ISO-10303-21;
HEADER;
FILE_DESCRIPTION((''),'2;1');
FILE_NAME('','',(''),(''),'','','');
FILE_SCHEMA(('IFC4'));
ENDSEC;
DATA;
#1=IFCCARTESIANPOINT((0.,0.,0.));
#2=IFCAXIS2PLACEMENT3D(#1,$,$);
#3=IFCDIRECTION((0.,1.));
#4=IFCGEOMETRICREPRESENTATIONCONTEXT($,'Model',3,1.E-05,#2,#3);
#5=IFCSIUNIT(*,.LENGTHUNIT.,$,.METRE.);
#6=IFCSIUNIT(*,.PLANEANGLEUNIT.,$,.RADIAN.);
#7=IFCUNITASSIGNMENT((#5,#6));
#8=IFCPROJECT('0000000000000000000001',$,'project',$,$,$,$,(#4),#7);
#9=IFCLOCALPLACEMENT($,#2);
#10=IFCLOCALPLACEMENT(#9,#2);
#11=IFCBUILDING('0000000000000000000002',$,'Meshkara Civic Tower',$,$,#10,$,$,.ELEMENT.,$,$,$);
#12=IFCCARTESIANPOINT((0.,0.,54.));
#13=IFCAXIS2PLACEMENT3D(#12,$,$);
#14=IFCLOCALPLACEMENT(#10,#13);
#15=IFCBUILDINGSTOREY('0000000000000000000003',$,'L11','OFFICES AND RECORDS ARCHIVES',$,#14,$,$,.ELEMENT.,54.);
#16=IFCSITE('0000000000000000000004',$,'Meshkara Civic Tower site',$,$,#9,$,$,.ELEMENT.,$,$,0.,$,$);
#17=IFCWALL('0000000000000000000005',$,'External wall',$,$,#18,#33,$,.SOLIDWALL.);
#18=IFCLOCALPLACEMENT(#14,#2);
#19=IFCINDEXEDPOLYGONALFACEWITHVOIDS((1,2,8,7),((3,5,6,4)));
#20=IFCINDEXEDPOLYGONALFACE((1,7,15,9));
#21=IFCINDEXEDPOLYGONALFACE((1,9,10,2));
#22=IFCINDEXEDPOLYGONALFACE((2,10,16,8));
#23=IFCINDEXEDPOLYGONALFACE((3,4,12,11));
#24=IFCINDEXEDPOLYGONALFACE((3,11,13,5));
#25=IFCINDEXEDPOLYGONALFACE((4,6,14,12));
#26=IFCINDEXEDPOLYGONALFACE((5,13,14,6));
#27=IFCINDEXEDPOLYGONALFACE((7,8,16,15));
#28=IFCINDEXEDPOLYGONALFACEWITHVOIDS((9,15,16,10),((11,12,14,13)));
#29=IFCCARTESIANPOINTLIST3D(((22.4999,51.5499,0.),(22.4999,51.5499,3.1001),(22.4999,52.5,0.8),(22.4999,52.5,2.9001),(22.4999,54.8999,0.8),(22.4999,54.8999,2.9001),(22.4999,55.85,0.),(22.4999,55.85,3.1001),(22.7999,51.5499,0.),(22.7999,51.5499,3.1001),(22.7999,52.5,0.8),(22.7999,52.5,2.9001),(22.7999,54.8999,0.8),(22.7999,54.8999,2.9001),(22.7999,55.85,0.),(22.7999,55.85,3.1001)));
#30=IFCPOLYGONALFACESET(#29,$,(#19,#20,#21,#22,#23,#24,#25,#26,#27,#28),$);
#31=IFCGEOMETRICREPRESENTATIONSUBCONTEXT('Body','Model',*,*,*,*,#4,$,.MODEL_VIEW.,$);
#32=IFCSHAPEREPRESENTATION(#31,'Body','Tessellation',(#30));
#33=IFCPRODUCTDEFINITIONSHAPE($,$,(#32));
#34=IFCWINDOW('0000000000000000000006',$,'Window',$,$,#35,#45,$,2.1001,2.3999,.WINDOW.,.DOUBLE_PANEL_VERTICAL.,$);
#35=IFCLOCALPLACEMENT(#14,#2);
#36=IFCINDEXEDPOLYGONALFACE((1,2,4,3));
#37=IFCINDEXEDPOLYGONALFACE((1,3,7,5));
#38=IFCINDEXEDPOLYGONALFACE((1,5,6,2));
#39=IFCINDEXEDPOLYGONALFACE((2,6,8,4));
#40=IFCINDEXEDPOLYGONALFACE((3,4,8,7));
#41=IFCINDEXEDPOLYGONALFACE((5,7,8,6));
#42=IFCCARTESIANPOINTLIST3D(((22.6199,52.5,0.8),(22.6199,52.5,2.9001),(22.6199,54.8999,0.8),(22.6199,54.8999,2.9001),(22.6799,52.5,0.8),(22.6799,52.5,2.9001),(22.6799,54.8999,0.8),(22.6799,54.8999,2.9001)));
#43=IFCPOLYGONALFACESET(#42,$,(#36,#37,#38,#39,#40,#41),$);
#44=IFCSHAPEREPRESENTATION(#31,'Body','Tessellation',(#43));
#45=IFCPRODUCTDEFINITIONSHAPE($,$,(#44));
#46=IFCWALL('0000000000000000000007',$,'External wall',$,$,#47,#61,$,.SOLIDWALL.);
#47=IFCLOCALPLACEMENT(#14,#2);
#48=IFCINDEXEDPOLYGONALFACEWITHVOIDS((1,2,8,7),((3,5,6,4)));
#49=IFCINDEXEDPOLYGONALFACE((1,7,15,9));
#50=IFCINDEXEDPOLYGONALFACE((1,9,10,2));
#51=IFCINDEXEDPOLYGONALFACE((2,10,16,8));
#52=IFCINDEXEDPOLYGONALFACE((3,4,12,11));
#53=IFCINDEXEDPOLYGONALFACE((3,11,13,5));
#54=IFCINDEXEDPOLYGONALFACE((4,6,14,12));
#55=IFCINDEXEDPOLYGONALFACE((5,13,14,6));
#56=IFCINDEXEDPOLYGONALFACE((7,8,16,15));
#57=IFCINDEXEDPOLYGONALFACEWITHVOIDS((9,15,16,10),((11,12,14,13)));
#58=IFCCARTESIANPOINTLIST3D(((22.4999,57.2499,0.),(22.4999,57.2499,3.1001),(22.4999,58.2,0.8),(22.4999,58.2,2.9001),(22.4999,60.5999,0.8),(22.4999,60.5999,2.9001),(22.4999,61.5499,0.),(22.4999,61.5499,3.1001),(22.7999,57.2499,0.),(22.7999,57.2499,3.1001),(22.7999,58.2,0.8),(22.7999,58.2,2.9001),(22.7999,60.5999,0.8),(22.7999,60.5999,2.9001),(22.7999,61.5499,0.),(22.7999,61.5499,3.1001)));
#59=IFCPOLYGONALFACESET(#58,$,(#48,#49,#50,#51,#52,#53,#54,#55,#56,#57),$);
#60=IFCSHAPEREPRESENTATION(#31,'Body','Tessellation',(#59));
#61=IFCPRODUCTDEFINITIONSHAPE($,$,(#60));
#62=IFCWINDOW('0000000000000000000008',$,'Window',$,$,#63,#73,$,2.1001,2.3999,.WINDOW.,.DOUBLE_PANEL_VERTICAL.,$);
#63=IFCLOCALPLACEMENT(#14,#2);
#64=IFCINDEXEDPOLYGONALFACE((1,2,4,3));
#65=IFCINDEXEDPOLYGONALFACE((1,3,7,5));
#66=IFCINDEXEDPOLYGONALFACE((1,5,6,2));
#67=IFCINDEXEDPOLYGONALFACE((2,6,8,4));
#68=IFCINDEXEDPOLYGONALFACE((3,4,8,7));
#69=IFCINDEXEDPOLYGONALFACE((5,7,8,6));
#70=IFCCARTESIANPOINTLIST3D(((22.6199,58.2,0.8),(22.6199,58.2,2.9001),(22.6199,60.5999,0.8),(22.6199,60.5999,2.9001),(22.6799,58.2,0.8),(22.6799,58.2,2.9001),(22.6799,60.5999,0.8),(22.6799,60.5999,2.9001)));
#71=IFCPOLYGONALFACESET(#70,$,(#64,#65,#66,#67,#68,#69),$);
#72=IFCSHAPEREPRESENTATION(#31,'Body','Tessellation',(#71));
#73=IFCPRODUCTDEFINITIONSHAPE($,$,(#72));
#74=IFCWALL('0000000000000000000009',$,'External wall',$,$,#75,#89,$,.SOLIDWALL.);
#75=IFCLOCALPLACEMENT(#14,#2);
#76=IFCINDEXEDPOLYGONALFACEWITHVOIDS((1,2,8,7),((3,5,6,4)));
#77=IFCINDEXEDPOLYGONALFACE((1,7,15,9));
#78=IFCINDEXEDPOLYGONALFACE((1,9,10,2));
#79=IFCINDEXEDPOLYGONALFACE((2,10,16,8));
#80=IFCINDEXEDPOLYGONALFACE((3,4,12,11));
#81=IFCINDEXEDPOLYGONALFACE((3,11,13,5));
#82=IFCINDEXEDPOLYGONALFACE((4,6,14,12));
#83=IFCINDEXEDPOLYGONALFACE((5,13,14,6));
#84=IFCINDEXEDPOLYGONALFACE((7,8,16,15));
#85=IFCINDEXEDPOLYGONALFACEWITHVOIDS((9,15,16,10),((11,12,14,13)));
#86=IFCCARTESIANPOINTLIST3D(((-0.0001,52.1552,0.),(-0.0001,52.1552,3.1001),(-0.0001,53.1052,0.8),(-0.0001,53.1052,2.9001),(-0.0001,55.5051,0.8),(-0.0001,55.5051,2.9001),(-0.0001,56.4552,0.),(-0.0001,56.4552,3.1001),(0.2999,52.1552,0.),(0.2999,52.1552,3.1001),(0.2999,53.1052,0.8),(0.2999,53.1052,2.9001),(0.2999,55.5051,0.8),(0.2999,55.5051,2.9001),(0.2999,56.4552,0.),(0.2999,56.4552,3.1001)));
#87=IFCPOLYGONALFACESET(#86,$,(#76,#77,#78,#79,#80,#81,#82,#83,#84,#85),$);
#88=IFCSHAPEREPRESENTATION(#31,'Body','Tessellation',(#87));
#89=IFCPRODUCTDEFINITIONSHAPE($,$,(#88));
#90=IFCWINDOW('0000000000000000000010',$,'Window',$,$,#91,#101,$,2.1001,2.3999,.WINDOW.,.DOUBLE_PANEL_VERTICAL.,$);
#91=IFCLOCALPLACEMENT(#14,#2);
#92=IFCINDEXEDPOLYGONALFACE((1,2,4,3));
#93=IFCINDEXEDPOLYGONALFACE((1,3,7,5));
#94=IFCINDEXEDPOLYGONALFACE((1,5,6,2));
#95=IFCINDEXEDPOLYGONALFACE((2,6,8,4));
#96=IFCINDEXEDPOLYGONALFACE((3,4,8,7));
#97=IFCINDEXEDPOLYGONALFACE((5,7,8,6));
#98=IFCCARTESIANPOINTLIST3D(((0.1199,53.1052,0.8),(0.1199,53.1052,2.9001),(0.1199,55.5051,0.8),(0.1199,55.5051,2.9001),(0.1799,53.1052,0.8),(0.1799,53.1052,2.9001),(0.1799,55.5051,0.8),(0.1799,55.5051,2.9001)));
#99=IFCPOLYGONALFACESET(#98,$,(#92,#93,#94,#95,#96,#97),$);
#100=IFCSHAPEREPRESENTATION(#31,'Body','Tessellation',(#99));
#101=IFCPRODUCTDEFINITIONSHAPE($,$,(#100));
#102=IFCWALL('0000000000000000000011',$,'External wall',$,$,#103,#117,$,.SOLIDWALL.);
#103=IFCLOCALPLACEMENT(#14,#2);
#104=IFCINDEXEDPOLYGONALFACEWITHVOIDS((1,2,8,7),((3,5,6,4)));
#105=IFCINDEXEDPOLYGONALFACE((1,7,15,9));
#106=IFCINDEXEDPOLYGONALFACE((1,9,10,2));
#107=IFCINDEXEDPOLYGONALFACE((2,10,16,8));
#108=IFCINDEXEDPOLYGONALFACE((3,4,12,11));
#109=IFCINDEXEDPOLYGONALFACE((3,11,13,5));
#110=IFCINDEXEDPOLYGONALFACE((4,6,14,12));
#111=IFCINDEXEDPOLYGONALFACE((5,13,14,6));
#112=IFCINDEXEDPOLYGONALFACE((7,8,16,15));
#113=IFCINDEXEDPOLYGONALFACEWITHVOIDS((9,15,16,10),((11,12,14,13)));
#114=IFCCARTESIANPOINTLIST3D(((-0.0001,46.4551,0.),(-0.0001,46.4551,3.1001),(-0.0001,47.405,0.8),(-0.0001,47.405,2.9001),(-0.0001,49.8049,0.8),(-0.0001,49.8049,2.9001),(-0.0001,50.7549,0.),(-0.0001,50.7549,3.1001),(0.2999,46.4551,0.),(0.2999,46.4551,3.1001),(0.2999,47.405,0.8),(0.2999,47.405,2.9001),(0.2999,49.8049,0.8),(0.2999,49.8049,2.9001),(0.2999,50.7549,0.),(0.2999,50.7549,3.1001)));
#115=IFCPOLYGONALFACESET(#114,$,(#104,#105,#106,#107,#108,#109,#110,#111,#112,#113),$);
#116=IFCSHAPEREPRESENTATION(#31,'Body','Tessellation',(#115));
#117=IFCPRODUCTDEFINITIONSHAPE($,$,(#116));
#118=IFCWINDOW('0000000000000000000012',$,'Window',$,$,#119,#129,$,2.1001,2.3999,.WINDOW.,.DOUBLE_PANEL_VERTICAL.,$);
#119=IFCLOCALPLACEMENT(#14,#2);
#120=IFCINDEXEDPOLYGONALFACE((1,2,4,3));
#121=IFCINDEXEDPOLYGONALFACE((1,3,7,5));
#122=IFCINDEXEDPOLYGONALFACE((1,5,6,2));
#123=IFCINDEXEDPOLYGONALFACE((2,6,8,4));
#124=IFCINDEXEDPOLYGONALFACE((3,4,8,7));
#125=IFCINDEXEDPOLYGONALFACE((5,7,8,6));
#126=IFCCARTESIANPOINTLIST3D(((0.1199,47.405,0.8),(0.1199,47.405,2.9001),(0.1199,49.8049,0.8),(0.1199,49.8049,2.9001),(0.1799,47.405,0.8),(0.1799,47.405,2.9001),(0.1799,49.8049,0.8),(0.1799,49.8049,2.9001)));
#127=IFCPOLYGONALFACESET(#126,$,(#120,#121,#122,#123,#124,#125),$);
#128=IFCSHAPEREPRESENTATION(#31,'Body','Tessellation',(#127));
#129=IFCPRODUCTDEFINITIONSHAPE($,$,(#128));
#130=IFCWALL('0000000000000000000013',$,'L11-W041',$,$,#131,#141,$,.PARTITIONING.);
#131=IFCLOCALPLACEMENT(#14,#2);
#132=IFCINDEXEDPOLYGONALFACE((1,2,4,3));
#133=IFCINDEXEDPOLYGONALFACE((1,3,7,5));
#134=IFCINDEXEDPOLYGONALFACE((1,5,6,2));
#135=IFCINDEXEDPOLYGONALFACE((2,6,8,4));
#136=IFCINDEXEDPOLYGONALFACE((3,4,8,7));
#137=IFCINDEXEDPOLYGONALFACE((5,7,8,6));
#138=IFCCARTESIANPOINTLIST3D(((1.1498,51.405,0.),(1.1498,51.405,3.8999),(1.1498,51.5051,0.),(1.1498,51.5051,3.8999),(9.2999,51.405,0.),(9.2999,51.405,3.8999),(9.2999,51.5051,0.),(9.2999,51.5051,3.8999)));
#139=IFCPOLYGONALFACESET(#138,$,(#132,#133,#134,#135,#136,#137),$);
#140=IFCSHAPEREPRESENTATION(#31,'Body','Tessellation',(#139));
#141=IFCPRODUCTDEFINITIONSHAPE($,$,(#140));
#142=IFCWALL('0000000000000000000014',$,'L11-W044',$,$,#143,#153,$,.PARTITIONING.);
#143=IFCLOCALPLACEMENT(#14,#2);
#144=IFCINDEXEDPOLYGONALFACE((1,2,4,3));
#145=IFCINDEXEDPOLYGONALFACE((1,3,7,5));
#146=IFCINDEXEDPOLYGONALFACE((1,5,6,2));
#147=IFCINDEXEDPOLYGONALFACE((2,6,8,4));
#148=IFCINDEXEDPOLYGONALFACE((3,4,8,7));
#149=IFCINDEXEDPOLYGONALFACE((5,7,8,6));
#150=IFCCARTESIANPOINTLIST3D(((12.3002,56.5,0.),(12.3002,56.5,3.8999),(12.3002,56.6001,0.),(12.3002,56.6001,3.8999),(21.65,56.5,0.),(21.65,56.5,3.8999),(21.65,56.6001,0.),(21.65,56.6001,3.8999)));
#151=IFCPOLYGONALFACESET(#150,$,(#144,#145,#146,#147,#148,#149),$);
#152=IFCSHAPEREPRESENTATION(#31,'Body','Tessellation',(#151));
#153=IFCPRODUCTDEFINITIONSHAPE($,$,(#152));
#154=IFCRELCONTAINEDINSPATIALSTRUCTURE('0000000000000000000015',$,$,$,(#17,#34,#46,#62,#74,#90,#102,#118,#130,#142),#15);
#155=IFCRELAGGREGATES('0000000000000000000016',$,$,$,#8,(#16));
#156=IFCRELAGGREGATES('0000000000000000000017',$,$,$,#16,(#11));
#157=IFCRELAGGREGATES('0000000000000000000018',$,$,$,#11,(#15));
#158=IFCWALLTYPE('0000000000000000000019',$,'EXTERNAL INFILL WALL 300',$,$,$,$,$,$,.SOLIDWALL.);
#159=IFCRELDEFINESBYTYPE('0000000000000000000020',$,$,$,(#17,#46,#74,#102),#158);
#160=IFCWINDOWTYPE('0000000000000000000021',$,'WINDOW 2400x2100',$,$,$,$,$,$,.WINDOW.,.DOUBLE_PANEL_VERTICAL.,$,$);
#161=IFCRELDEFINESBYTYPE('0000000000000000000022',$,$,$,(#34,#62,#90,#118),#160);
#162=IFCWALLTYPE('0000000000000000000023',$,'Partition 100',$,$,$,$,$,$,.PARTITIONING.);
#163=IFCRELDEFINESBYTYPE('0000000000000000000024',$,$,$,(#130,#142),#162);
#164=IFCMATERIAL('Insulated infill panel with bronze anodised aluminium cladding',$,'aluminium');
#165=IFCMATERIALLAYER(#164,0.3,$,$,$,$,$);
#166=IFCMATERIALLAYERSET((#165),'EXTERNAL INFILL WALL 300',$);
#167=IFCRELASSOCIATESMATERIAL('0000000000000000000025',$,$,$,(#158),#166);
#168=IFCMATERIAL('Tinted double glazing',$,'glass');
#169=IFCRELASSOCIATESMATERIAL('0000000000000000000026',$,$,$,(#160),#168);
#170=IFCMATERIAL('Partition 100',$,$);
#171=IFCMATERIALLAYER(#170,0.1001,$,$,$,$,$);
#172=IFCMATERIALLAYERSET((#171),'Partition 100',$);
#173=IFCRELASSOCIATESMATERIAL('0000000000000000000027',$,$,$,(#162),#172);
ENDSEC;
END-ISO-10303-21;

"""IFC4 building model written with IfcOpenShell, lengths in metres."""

from ifc_helpers import new_model, si_unit, direction, frame, frame_2d, origin, place, context, subcontext, project, spatial, rectangle, extrude, material, layer, layer_set, type_object, element, fill, save


model = new_model("IFC4")

# Units and contexts
model_context = context("Model", 3, precision=1e-05, world=origin(), true_north=direction((0.0, 1.0)))
body_context = subcontext(model_context, "Body", "Model", "MODEL_VIEW")
ifc_project = project(units=[si_unit("LENGTHUNIT", "METRE"), si_unit("PLANEANGLEUNIT", "RADIAN")], contexts=[model_context])

# Site, building, storey
site_placement = place(None, origin())
site = spatial("IfcSite", under=ifc_project, at=site_placement, Name="Meshkara Civic Tower site", CompositionType="ELEMENT", RefElevation=0.0)
building_placement = place(site_placement, origin())
building = spatial("IfcBuilding", under=site, at=building_placement, Name="Meshkara Civic Tower", CompositionType="ELEMENT")
storey_placement = place(building_placement, frame((0.0, 0.0, 54.0)))
storey = spatial("IfcBuildingStorey", under=building, at=storey_placement, Name="L11", Description="OFFICES AND RECORDS ARCHIVES", CompositionType="ELEMENT", Elevation=54.0)

# Walls, openings, windows
ifc_material_1 = material(Name="Insulated infill panel with bronze anodised aluminium cladding", Category="aluminium")
ifc_layer_1 = layer(ifc_material_1, 0.3)
ifc_layer_set_1 = layer_set([ifc_layer_1], Name="EXTERNAL INFILL WALL 300")
wall_type_1 = type_object("IfcWallType", Name="EXTERNAL INFILL WALL 300", PredefinedType="SOLIDWALL", material=ifc_layer_set_1)
ifc_material_2 = material(Name="Tinted double glazing", Category="glass")
window_type = type_object("IfcWindowType", Name="WINDOW 2400x2100", PartitioningType="DOUBLE_PANEL_VERTICAL", PredefinedType="WINDOW", material=ifc_material_2)
wall_1_placement = place(storey_placement, frame((22.6499, 51.55, 0.0), z_axis=(0.0, 0.0, 1.0), x_axis=(0.0, 1.0, 0.0)))
wall_1 = element("IfcWall", 1, at=wall_1_placement, inside=storey, type_object=wall_type_1, Name="External wall", PredefinedType="SOLIDWALL", context=body_context, shape_type="SweptSolid", body=[
    extrude(rectangle(XDim=4.3, YDim=0.3, at=frame_2d((2.1499, 0.0))), origin(), (0.0, 0.0, 1.0), 3.1001),
])
opening_1_placement = place(wall_1_placement, frame((0.95, 0.0, 0.8)))
opening_1 = element("IfcOpeningElement", 2, at=opening_1_placement, cuts=wall_1, PredefinedType="OPENING", context=body_context, shape_type="SweptSolid", body=[
    extrude(rectangle(XDim=2.3999, YDim=2.1001, at=frame_2d((1.2, 1.05))), frame((0.0, 0.1599, 0.0), z_axis=(0.0, -1.0, 0.0), x_axis=(1.0, 0.0, 0.0)), (0.0, 0.0, 1.0), 0.3201),
])
window_1_placement = place(opening_1_placement, origin())
window_1 = element("IfcWindow", 3, at=window_1_placement, inside=storey, type_object=window_type, Name="Window", OverallHeight=2.1001, OverallWidth=2.3999, PartitioningType="DOUBLE_PANEL_VERTICAL", PredefinedType="WINDOW", context=body_context, shape_type="SweptSolid", body=[
    extrude(rectangle(XDim=2.3999, YDim=2.1001, at=frame_2d((1.2, 1.05))), frame((0.0, 0.03, 0.0), z_axis=(0.0, -1.0, 0.0), x_axis=(1.0, 0.0, 0.0)), (0.0, 0.0, 1.0), 0.0601),
])
fill(opening_1, window_1)
wall_2_placement = place(storey_placement, frame((22.6499, 57.25, 0.0), z_axis=(0.0, 0.0, 1.0), x_axis=(0.0, 1.0, 0.0)))
wall_2 = element("IfcWall", 4, at=wall_2_placement, inside=storey, type_object=wall_type_1, Name="External wall", PredefinedType="SOLIDWALL", context=body_context, shape_type="SweptSolid", body=[
    extrude(rectangle(XDim=4.3, YDim=0.3, at=frame_2d((2.1499, 0.0))), origin(), (0.0, 0.0, 1.0), 3.1001),
])
opening_2_placement = place(wall_2_placement, frame((0.95, 0.0, 0.8)))
opening_2 = element("IfcOpeningElement", 5, at=opening_2_placement, cuts=wall_2, PredefinedType="OPENING", context=body_context, shape_type="SweptSolid", body=[
    extrude(rectangle(XDim=2.3999, YDim=2.1001, at=frame_2d((1.2, 1.05))), frame((0.0, 0.1599, 0.0), z_axis=(0.0, -1.0, 0.0), x_axis=(1.0, 0.0, 0.0)), (0.0, 0.0, 1.0), 0.3201),
])
window_2_placement = place(opening_2_placement, origin())
window_2 = element("IfcWindow", 6, at=window_2_placement, inside=storey, type_object=window_type, Name="Window", OverallHeight=2.1001, OverallWidth=2.3999, PartitioningType="DOUBLE_PANEL_VERTICAL", PredefinedType="WINDOW", context=body_context, shape_type="SweptSolid", body=[
    extrude(rectangle(XDim=2.3999, YDim=2.1001, at=frame_2d((1.2, 1.05))), frame((0.0, 0.03, 0.0), z_axis=(0.0, -1.0, 0.0), x_axis=(1.0, 0.0, 0.0)), (0.0, 0.0, 1.0), 0.0601),
])
fill(opening_2, window_2)
wall_3_placement = place(storey_placement, frame((0.1499, 56.4551, 0.0), z_axis=(0.0, 0.0, 1.0), x_axis=(0.0, -1.0, 0.0)))
wall_3 = element("IfcWall", 7, at=wall_3_placement, inside=storey, type_object=wall_type_1, Name="External wall", PredefinedType="SOLIDWALL", context=body_context, shape_type="SweptSolid", body=[
    extrude(rectangle(XDim=4.3, YDim=0.3, at=frame_2d((2.1499, 0.0))), origin(), (0.0, 0.0, 1.0), 3.1001),
])
opening_3_placement = place(wall_3_placement, frame((0.95, 0.0, 0.8)))
opening_3 = element("IfcOpeningElement", 8, at=opening_3_placement, cuts=wall_3, PredefinedType="OPENING", context=body_context, shape_type="SweptSolid", body=[
    extrude(rectangle(XDim=2.3999, YDim=2.1001, at=frame_2d((1.2, 1.05))), frame((0.0, 0.1599, 0.0), z_axis=(0.0, -1.0, 0.0), x_axis=(1.0, 0.0, 0.0)), (0.0, 0.0, 1.0), 0.3201),
])
window_3_placement = place(opening_3_placement, origin())
window_3 = element("IfcWindow", 9, at=window_3_placement, inside=storey, type_object=window_type, Name="Window", OverallHeight=2.1001, OverallWidth=2.3999, PartitioningType="DOUBLE_PANEL_VERTICAL", PredefinedType="WINDOW", context=body_context, shape_type="SweptSolid", body=[
    extrude(rectangle(XDim=2.3999, YDim=2.1001, at=frame_2d((1.2, 1.05))), frame((0.0, 0.03, 0.0), z_axis=(0.0, -1.0, 0.0), x_axis=(1.0, 0.0, 0.0)), (0.0, 0.0, 1.0), 0.0601),
])
fill(opening_3, window_3)
wall_4_placement = place(storey_placement, frame((0.1499, 50.7549, 0.0), z_axis=(0.0, 0.0, 1.0), x_axis=(0.0, -1.0, 0.0)))
wall_4 = element("IfcWall", 10, at=wall_4_placement, inside=storey, type_object=wall_type_1, Name="External wall", PredefinedType="SOLIDWALL", context=body_context, shape_type="SweptSolid", body=[
    extrude(rectangle(XDim=4.2998, YDim=0.3, at=frame_2d((2.1499, 0.0))), origin(), (0.0, 0.0, 1.0), 3.1001),
])
opening_4_placement = place(wall_4_placement, frame((0.95, 0.0, 0.8)))
opening_4 = element("IfcOpeningElement", 11, at=opening_4_placement, cuts=wall_4, PredefinedType="OPENING", context=body_context, shape_type="SweptSolid", body=[
    extrude(rectangle(XDim=2.3999, YDim=2.1001, at=frame_2d((1.2, 1.05))), frame((0.0, 0.1599, 0.0), z_axis=(0.0, -1.0, 0.0), x_axis=(1.0, 0.0, 0.0)), (0.0, 0.0, 1.0), 0.3201),
])
window_4_placement = place(opening_4_placement, origin())
window_4 = element("IfcWindow", 12, at=window_4_placement, inside=storey, type_object=window_type, Name="Window", OverallHeight=2.1001, OverallWidth=2.3999, PartitioningType="DOUBLE_PANEL_VERTICAL", PredefinedType="WINDOW", context=body_context, shape_type="SweptSolid", body=[
    extrude(rectangle(XDim=2.3999, YDim=2.1001, at=frame_2d((1.2, 1.05))), frame((0.0, 0.03, 0.0), z_axis=(0.0, -1.0, 0.0), x_axis=(1.0, 0.0, 0.0)), (0.0, 0.0, 1.0), 0.0601),
])
fill(opening_4, window_4)

# Walls
ifc_material_3 = material(Name="Partition 100")
ifc_layer_2 = layer(ifc_material_3, 0.1001)
ifc_layer_set_2 = layer_set([ifc_layer_2], Name="Partition 100")
wall_type_2 = type_object("IfcWallType", Name="Partition 100", PredefinedType="PARTITIONING", material=ifc_layer_set_2)
wall_5_placement = place(storey_placement, frame((9.3, 51.4551, 0.0), z_axis=(0.0, 0.0, 1.0), x_axis=(-1.0, 0.0, 0.0)))
element("IfcWall", 13, at=wall_5_placement, inside=storey, type_object=wall_type_2, Name="L11-W041", PredefinedType="PARTITIONING", context=body_context, shape_type="SweptSolid", body=[
    extrude(rectangle(XDim=8.1501, YDim=0.1001, at=frame_2d((4.0752, 0.0))), origin(), (0.0, 0.0, 1.0), 3.8999),
])
wall_6_placement = place(storey_placement, frame((21.6499, 56.55, 0.0), z_axis=(0.0, 0.0, 1.0), x_axis=(-1.0, 0.0, 0.0)))
element("IfcWall", 14, at=wall_6_placement, inside=storey, type_object=wall_type_2, Name="L11-W044", PredefinedType="PARTITIONING", context=body_context, shape_type="SweptSolid", body=[
    extrude(rectangle(XDim=9.3499, YDim=0.1001, at=frame_2d((4.6748, 0.0))), origin(), (0.0, 0.0, 1.0), 3.8999),
])

save(model, "model.ifc")
